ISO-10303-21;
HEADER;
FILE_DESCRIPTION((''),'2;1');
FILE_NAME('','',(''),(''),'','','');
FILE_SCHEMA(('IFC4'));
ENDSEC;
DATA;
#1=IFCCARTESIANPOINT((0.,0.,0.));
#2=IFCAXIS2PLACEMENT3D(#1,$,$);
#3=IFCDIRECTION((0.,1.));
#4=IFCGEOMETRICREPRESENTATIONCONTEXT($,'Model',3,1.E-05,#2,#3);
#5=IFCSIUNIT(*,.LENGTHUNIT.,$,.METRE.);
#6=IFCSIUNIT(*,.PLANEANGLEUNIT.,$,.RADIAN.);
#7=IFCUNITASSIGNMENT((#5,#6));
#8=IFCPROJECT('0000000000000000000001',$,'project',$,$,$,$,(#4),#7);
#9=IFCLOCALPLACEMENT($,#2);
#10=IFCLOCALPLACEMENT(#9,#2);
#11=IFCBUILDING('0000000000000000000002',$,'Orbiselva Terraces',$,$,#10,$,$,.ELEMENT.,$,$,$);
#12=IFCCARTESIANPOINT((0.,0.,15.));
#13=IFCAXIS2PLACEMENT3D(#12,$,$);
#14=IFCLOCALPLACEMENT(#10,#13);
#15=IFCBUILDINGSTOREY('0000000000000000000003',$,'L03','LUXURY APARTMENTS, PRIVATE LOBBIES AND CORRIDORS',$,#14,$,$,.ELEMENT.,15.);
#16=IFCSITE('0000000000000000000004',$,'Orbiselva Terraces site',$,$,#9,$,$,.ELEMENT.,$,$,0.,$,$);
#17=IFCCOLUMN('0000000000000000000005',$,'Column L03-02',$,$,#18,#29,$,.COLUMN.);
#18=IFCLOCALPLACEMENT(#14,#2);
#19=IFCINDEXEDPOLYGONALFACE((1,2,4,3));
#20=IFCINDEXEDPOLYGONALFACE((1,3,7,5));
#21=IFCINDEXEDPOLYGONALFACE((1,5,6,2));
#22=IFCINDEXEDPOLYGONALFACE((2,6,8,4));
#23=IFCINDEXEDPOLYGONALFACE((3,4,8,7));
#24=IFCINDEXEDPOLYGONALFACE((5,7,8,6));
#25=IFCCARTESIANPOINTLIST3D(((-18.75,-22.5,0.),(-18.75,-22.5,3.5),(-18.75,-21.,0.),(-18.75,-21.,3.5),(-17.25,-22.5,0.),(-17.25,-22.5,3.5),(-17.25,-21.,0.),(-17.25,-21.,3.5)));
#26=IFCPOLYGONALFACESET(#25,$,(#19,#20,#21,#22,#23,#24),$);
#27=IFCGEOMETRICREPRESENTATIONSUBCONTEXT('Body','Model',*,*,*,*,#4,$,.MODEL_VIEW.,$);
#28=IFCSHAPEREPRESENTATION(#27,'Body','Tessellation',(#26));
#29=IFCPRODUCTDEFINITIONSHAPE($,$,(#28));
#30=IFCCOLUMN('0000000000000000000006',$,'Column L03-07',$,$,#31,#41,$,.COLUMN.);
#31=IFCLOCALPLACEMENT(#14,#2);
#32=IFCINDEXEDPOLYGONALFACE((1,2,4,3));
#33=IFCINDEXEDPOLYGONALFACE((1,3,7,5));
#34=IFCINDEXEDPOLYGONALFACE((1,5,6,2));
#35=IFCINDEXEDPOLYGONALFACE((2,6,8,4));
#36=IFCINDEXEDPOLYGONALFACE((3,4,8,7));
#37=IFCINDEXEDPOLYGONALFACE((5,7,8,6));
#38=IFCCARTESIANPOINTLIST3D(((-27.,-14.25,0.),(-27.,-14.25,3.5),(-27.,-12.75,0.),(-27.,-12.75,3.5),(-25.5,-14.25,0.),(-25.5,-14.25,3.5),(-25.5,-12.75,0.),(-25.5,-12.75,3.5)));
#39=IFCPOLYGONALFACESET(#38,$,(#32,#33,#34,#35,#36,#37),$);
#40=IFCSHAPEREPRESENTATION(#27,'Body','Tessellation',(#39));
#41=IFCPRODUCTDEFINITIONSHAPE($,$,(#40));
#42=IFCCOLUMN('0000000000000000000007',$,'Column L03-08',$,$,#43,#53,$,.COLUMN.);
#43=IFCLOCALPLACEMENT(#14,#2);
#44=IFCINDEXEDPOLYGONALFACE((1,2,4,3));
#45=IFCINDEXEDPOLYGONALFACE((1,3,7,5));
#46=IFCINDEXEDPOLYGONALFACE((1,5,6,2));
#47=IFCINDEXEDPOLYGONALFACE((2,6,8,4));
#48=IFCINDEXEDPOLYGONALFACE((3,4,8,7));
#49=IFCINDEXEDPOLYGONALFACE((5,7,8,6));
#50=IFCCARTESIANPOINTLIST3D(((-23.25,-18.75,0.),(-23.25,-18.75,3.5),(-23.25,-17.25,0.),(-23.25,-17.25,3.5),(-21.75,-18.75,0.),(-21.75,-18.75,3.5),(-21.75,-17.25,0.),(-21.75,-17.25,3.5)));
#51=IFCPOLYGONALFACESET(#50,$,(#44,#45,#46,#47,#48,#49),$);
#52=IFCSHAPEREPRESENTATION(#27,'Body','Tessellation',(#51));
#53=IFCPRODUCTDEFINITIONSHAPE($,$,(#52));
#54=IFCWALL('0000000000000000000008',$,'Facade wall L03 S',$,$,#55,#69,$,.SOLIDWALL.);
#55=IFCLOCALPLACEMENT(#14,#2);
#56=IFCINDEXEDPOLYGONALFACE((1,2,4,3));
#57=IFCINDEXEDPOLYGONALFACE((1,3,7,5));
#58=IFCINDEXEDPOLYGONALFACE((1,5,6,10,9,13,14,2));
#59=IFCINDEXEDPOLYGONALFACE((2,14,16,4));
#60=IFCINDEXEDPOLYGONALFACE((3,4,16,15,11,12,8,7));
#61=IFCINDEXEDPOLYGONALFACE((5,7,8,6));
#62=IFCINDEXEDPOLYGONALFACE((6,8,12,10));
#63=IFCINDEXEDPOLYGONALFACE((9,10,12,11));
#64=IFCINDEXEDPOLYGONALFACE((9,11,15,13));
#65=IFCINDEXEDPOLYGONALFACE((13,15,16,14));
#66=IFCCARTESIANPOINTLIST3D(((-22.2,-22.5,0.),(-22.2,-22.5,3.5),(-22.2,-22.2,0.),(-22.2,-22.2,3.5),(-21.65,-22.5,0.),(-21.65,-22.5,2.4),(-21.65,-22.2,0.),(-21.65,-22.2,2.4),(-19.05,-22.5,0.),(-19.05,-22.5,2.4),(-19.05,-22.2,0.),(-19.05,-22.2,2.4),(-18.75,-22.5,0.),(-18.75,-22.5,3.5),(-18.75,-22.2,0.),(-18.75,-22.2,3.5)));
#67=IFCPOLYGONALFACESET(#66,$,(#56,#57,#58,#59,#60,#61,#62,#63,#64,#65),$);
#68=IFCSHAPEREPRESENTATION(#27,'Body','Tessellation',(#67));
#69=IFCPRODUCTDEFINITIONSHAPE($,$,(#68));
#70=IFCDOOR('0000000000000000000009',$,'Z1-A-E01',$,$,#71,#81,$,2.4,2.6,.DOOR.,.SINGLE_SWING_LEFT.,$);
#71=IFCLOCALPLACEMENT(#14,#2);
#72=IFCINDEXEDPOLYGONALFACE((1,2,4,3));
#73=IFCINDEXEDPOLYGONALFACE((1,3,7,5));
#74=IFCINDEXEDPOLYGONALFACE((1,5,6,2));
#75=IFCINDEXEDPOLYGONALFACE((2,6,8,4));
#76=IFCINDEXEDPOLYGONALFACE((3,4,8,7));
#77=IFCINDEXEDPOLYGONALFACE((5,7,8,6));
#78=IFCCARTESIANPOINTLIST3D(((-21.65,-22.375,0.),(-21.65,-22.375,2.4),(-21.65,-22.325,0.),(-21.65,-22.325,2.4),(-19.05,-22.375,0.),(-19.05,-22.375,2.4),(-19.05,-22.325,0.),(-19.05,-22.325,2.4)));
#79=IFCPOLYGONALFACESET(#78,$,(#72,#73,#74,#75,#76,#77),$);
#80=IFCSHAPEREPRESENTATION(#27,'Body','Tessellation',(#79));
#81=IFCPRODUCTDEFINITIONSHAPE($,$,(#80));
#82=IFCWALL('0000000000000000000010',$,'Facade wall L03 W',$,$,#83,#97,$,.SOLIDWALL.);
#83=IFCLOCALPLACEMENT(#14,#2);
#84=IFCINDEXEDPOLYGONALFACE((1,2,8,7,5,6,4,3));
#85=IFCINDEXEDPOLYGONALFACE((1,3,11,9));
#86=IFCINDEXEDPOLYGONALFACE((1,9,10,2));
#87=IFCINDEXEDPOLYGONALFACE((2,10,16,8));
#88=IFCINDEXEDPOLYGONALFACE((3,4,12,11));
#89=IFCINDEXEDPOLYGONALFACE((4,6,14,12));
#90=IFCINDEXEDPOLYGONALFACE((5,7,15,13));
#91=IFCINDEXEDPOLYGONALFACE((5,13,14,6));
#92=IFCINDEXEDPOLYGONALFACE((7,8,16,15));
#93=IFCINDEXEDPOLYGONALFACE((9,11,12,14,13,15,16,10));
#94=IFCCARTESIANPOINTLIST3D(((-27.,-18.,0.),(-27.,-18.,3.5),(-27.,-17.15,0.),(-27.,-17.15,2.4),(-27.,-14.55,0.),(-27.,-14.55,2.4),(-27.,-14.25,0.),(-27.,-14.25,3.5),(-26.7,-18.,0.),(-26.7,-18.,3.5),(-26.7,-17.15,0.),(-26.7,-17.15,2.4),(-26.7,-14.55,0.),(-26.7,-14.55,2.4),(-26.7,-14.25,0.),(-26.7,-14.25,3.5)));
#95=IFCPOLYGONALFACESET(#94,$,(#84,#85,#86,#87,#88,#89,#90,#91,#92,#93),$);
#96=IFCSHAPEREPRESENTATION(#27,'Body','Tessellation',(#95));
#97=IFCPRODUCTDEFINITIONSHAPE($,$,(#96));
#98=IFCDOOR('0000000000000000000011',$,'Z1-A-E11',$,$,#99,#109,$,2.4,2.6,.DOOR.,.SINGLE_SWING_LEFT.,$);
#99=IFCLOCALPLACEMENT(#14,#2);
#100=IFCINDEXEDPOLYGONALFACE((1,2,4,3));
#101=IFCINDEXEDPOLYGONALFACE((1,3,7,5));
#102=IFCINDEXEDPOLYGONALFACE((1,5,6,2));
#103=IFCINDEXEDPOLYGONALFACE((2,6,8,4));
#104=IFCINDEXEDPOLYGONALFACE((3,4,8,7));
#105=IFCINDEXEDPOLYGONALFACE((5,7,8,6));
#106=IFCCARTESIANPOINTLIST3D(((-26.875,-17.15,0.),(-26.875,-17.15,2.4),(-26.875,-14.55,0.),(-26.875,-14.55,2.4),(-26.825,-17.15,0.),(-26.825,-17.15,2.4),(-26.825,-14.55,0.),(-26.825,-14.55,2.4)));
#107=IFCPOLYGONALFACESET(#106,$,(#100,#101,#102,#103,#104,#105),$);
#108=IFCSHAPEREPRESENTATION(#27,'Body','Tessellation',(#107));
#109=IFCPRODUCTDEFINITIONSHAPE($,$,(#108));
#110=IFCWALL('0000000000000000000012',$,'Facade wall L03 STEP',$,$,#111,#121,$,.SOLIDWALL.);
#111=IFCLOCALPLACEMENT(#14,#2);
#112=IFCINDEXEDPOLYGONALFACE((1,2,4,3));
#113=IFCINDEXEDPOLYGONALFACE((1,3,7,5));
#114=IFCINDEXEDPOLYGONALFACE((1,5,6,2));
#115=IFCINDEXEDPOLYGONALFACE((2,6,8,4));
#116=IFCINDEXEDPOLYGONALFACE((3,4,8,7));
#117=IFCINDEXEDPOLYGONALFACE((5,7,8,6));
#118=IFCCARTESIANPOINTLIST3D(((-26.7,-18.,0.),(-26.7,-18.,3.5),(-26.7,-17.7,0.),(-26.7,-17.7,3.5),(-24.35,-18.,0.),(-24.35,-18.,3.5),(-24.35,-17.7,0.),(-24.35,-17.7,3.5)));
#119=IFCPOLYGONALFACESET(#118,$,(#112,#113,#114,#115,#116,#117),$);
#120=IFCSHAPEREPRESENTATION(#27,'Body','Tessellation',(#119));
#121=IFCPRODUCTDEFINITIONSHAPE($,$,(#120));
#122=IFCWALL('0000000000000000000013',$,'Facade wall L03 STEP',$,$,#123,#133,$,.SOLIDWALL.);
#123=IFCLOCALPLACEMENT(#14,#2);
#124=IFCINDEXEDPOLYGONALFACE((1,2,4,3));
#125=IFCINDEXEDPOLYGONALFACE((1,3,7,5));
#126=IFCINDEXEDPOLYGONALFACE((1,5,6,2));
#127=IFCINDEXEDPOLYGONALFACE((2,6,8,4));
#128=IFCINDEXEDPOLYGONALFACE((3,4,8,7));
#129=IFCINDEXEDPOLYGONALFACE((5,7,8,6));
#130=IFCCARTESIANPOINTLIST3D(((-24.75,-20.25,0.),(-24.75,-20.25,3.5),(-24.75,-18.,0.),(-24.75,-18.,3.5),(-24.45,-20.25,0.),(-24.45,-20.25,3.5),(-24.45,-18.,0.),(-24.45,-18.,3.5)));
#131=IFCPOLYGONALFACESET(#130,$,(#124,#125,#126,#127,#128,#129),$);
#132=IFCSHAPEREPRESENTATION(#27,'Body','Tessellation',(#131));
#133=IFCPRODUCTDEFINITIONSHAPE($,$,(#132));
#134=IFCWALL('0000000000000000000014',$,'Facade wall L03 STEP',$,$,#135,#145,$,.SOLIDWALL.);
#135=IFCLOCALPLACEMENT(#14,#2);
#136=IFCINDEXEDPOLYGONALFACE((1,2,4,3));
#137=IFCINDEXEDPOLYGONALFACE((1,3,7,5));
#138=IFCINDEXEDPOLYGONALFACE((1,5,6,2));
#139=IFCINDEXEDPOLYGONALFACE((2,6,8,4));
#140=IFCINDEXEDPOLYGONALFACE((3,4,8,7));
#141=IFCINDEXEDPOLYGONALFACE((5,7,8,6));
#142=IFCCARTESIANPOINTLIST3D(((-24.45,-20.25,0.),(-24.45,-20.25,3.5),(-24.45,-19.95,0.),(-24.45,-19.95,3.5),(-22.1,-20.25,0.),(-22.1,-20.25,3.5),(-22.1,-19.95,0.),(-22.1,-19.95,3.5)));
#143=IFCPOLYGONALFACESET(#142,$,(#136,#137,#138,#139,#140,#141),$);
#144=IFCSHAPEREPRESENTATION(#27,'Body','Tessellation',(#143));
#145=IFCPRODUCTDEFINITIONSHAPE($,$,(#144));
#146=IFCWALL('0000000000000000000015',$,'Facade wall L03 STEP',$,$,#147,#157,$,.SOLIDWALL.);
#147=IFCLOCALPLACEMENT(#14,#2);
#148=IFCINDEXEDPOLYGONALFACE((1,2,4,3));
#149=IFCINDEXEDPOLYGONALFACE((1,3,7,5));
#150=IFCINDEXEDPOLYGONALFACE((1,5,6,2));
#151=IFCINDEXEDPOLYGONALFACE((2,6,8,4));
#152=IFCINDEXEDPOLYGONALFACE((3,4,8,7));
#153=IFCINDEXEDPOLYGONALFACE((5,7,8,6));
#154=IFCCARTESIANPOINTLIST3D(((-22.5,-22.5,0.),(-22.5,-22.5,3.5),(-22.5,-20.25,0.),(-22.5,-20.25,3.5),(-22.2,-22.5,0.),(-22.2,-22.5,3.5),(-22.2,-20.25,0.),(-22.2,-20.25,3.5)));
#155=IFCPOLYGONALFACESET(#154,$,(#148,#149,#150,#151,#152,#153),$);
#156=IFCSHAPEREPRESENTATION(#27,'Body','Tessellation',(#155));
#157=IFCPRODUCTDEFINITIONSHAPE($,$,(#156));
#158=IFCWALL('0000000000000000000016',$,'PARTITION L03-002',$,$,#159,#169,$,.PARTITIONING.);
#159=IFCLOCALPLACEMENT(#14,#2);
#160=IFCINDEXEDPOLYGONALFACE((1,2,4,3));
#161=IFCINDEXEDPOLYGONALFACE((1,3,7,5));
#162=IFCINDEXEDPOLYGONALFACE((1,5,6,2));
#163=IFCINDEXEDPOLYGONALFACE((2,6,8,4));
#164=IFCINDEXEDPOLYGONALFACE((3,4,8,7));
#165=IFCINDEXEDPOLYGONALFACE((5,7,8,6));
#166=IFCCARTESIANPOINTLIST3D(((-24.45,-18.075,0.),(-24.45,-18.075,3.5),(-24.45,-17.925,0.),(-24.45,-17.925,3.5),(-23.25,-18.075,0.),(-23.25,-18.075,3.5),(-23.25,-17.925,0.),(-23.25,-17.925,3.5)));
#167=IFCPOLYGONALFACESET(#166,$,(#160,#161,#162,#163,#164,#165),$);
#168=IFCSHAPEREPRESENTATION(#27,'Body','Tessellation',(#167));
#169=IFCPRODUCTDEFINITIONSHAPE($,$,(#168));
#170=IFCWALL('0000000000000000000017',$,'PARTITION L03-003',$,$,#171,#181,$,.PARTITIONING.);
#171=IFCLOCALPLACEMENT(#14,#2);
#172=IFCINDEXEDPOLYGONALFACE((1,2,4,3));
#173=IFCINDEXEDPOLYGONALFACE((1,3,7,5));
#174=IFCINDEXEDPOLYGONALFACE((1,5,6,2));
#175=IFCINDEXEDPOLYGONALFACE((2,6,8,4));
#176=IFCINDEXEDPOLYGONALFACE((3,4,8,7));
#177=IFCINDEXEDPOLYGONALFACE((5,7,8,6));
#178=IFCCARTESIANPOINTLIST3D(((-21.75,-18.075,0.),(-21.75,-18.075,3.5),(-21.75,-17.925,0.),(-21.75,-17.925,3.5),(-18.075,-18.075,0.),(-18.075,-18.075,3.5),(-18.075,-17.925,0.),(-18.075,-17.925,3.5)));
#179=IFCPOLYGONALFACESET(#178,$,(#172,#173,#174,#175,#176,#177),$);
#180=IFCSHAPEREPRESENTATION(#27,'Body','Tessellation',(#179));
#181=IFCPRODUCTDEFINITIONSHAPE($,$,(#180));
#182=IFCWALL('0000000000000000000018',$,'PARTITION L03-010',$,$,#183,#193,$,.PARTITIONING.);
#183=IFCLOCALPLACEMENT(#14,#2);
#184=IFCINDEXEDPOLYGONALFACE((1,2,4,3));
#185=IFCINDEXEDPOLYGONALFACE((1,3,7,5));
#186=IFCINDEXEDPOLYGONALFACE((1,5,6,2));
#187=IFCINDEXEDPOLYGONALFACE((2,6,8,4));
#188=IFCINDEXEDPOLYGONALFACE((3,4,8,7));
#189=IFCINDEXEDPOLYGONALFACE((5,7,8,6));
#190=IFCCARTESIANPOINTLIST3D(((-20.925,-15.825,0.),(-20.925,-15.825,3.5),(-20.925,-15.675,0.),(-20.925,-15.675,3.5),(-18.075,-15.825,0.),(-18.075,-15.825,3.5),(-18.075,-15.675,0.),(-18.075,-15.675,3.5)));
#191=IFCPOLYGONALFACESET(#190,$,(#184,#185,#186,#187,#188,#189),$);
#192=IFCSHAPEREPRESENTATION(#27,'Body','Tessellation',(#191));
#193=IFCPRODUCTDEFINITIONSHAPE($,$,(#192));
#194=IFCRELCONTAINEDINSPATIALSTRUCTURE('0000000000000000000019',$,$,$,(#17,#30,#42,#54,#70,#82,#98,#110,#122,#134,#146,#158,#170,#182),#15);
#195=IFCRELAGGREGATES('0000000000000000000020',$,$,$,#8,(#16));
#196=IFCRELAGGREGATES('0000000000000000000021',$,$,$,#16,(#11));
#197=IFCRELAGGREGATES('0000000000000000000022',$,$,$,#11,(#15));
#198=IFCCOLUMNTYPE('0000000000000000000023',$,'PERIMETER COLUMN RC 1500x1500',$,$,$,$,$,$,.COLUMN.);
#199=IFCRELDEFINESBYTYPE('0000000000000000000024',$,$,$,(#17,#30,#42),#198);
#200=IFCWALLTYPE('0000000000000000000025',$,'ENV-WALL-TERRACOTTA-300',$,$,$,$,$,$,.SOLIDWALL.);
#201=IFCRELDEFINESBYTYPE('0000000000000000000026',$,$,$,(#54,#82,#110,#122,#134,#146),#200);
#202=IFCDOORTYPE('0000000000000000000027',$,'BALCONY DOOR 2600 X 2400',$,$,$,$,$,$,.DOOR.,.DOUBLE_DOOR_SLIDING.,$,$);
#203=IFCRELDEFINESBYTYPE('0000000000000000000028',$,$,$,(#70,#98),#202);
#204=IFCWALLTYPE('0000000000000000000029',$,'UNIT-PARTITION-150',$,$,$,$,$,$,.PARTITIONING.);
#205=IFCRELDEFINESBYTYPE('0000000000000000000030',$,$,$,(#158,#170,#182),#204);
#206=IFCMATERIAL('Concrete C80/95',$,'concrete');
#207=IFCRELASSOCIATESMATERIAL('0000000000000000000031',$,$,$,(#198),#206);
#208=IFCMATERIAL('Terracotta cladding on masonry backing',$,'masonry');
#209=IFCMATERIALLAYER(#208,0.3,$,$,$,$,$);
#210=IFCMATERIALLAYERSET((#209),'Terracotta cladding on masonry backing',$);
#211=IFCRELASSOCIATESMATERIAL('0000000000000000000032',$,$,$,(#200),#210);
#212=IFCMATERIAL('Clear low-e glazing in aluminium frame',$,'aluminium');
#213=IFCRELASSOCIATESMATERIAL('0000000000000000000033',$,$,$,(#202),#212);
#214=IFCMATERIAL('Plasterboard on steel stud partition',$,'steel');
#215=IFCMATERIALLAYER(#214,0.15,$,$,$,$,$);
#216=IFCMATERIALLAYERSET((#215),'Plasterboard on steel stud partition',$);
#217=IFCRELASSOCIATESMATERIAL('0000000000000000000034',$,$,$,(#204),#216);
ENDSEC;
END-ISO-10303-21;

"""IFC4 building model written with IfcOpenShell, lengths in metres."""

from ifc_helpers import new_model, si_unit, direction, frame, frame_2d, origin, origin_2d, place, context, subcontext, project, spatial, rectangle, extrude, material, layer, layer_set, material_profile, profile_set, type_object, element, fill, save


model = new_model("IFC4")

# Units and contexts
model_context = context("Model", 3, precision=1e-05, world=origin(), true_north=direction((0.0, 1.0)))
body_context = subcontext(model_context, "Body", "Model", "MODEL_VIEW")
ifc_project = project(units=[si_unit("LENGTHUNIT", "METRE"), si_unit("PLANEANGLEUNIT", "RADIAN")], contexts=[model_context])

# Site, building, storey
site_placement = place(None, origin())
site = spatial("IfcSite", under=ifc_project, at=site_placement, Name="Orbiselva Terraces site", CompositionType="ELEMENT", RefElevation=0.0)
building_placement = place(site_placement, origin())
building = spatial("IfcBuilding", under=site, at=building_placement, Name="Orbiselva Terraces", CompositionType="ELEMENT")
storey_placement = place(building_placement, frame((0.0, 0.0, 15.0)))
storey = spatial("IfcBuildingStorey", under=building, at=storey_placement, Name="L03", Description="LUXURY APARTMENTS, PRIVATE LOBBIES AND CORRIDORS", CompositionType="ELEMENT", Elevation=15.0)

# Columns
ifc_material_1 = material(Name="Concrete C80/95", Category="concrete")
ifc_material_profile = material_profile(ifc_material_1, rectangle(XDim=1.5, YDim=1.5, at=origin_2d()), Name="RC 1500x1500")
ifc_profile_set = profile_set([ifc_material_profile], Name="Concrete C80/95")
column_type = type_object("IfcColumnType", Name="PERIMETER COLUMN RC 1500x1500", PredefinedType="COLUMN", material=ifc_profile_set)
for number, where, z_axis, x_axis, name in (
    (1, (-18.0, -21.75, 0.0), (0.0, 0.0, 1.0), (1.0, 0.0, 0.0), "Column L03-02"),
    (2, (-26.25, -13.5, 0.0), (0.0, 0.0, 1.0), (1.0, 0.0, 0.0), "Column L03-07"),
    (3, (-22.5, -18.0, 0.0), (0.0, 0.0, 1.0), (1.0, 0.0, 0.0), "Column L03-08"),
):
    element("IfcColumn", number, at=place(storey_placement, frame(where, z_axis=z_axis, x_axis=x_axis)), inside=storey, type_object=column_type, Name=name, PredefinedType="COLUMN", context=body_context, shape_type="SweptSolid", body=[
        extrude(rectangle(XDim=1.5, YDim=1.5, at=origin_2d()), origin(), (0.0, 0.0, 1.0), 3.5),
    ])

# Walls, openings, doors
ifc_material_2 = material(Name="Terracotta cladding on masonry backing", Category="masonry")
ifc_layer_1 = layer(ifc_material_2, 0.3)
ifc_layer_set_1 = layer_set([ifc_layer_1], Name="Terracotta cladding on masonry backing")
wall_type_1 = type_object("IfcWallType", Name="ENV-WALL-TERRACOTTA-300", PredefinedType="SOLIDWALL", material=ifc_layer_set_1)
wall_1_placement = place(storey_placement, frame((-18.75, -22.35, 0.0), z_axis=(0.0, 0.0, 1.0), x_axis=(-1.0, 0.0, 0.0)))
wall_1 = element("IfcWall", 4, at=wall_1_placement, inside=storey, type_object=wall_type_1, Name="Facade wall L03 S", PredefinedType="SOLIDWALL", context=body_context, shape_type="SweptSolid", body=[
    extrude(rectangle(XDim=3.45, YDim=0.3, at=frame_2d((1.725, 0.0))), origin(), (0.0, 0.0, 1.0), 3.5),
])
opening_1_placement = place(wall_1_placement, frame((0.3, 0.0, 0.0)))
opening_1 = element("IfcOpeningElement", 5, at=opening_1_placement, cuts=wall_1, PredefinedType="OPENING", context=body_context, shape_type="SweptSolid", body=[
    extrude(rectangle(XDim=2.6, YDim=2.4, at=frame_2d((1.3, 1.2))), frame((0.0, 0.16, 0.0), z_axis=(0.0, -1.0, 0.0), x_axis=(1.0, 0.0, 0.0)), (0.0, 0.0, 1.0), 0.32),
])
ifc_material_3 = material(Name="Clear low-e glazing in aluminium frame", Category="aluminium")
door_type_1 = type_object("IfcDoorType", Name="BALCONY DOOR 2600 X 2400", OperationType="DOUBLE_DOOR_SLIDING", PredefinedType="DOOR", material=ifc_material_3)
door_1_placement = place(opening_1_placement, origin())
door_1 = element("IfcDoor", 6, at=door_1_placement, inside=storey, type_object=door_type_1, Name="Z1-A-E01", OperationType="SINGLE_SWING_LEFT", OverallHeight=2.4, OverallWidth=2.6, PredefinedType="DOOR", context=body_context, shape_type="SweptSolid", body=[
    extrude(rectangle(XDim=2.6, YDim=2.4, at=frame_2d((1.3, 1.2))), frame((0.0, 0.025, 0.0), z_axis=(0.0, -1.0, 0.0), x_axis=(1.0, 0.0, 0.0)), (0.0, 0.0, 1.0), 0.05),
])
fill(opening_1, door_1)
wall_2_placement = place(storey_placement, frame((-26.85, -18.0, 0.0), z_axis=(0.0, 0.0, 1.0), x_axis=(0.0, 1.0, 0.0)))
wall_2 = element("IfcWall", 7, at=wall_2_placement, inside=storey, type_object=wall_type_1, Name="Facade wall L03 W", PredefinedType="SOLIDWALL", context=body_context, shape_type="SweptSolid", body=[
    extrude(rectangle(XDim=3.75, YDim=0.3, at=frame_2d((1.875, 0.0))), origin(), (0.0, 0.0, 1.0), 3.5),
])
opening_2_placement = place(wall_2_placement, frame((0.85, 0.0, 0.0)))
opening_2 = element("IfcOpeningElement", 8, at=opening_2_placement, cuts=wall_2, PredefinedType="OPENING", context=body_context, shape_type="SweptSolid", body=[
    extrude(rectangle(XDim=2.6, YDim=2.4, at=frame_2d((1.3, 1.2))), frame((0.0, 0.16, 0.0), z_axis=(0.0, -1.0, 0.0), x_axis=(1.0, 0.0, 0.0)), (0.0, 0.0, 1.0), 0.32),
])
door_2_placement = place(opening_2_placement, origin())
door_2 = element("IfcDoor", 9, at=door_2_placement, inside=storey, type_object=door_type_1, Name="Z1-A-E11", OperationType="SINGLE_SWING_LEFT", OverallHeight=2.4, OverallWidth=2.6, PredefinedType="DOOR", context=body_context, shape_type="SweptSolid", body=[
    extrude(rectangle(XDim=2.6, YDim=2.4, at=frame_2d((1.3, 1.2))), frame((0.0, 0.025, 0.0), z_axis=(0.0, -1.0, 0.0), x_axis=(1.0, 0.0, 0.0)), (0.0, 0.0, 1.0), 0.05),
])
fill(opening_2, door_2)

# Walls
wall_3_placement = place(storey_placement, frame((-24.35, -17.85, 0.0), z_axis=(0.0, 0.0, 1.0), x_axis=(-1.0, 0.0, 0.0)))
element("IfcWall", 10, at=wall_3_placement, inside=storey, type_object=wall_type_1, Name="Facade wall L03 STEP", PredefinedType="SOLIDWALL", context=body_context, shape_type="SweptSolid", body=[
    extrude(rectangle(XDim=2.35, YDim=0.3, at=frame_2d((1.175, 0.0))), origin(), (0.0, 0.0, 1.0), 3.5),
])
wall_4_placement = place(storey_placement, frame((-24.6, -20.25, 0.0), z_axis=(0.0, 0.0, 1.0), x_axis=(0.0, 1.0, 0.0)))
element("IfcWall", 11, at=wall_4_placement, inside=storey, type_object=wall_type_1, Name="Facade wall L03 STEP", PredefinedType="SOLIDWALL", context=body_context, shape_type="SweptSolid", body=[
    extrude(rectangle(XDim=2.25, YDim=0.3, at=frame_2d((1.125, 0.0))), origin(), (0.0, 0.0, 1.0), 3.5),
])
wall_5_placement = place(storey_placement, frame((-22.1, -20.1, 0.0), z_axis=(0.0, 0.0, 1.0), x_axis=(-1.0, 0.0, 0.0)))
element("IfcWall", 12, at=wall_5_placement, inside=storey, type_object=wall_type_1, Name="Facade wall L03 STEP", PredefinedType="SOLIDWALL", context=body_context, shape_type="SweptSolid", body=[
    extrude(rectangle(XDim=2.35, YDim=0.3, at=frame_2d((1.175, 0.0))), origin(), (0.0, 0.0, 1.0), 3.5),
])
wall_6_placement = place(storey_placement, frame((-22.35, -22.5, 0.0), z_axis=(0.0, 0.0, 1.0), x_axis=(0.0, 1.0, 0.0)))
element("IfcWall", 13, at=wall_6_placement, inside=storey, type_object=wall_type_1, Name="Facade wall L03 STEP", PredefinedType="SOLIDWALL", context=body_context, shape_type="SweptSolid", body=[
    extrude(rectangle(XDim=2.25, YDim=0.3, at=frame_2d((1.125, 0.0))), origin(), (0.0, 0.0, 1.0), 3.5),
])
ifc_material_4 = material(Name="Plasterboard on steel stud partition", Category="steel")
ifc_layer_2 = layer(ifc_material_4, 0.15)
ifc_layer_set_2 = layer_set([ifc_layer_2], Name="Plasterboard on steel stud partition")
wall_type_2 = type_object("IfcWallType", Name="UNIT-PARTITION-150", PredefinedType="PARTITIONING", material=ifc_layer_set_2)
wall_7_placement = place(storey_placement, frame((-24.45, -18.0, 0.0), z_axis=(0.0, 0.0, 1.0), x_axis=(1.0, 0.0, 0.0)))
element("IfcWall", 14, at=wall_7_placement, inside=storey, type_object=wall_type_2, Name="PARTITION L03-002", PredefinedType="PARTITIONING", context=body_context, shape_type="SweptSolid", body=[
    extrude(rectangle(XDim=1.2, YDim=0.15, at=frame_2d((0.6, 0.0))), origin(), (0.0, 0.0, 1.0), 3.5),
])
wall_8_placement = place(storey_placement, frame((-21.75, -18.0, 0.0), z_axis=(0.0, 0.0, 1.0), x_axis=(1.0, 0.0, 0.0)))
element("IfcWall", 15, at=wall_8_placement, inside=storey, type_object=wall_type_2, Name="PARTITION L03-003", PredefinedType="PARTITIONING", context=body_context, shape_type="SweptSolid", body=[
    extrude(rectangle(XDim=3.675, YDim=0.15, at=frame_2d((1.8375, 0.0))), origin(), (0.0, 0.0, 1.0), 3.5),
])
wall_9_placement = place(storey_placement, frame((-20.925, -15.75, 0.0), z_axis=(0.0, 0.0, 1.0), x_axis=(1.0, 0.0, 0.0)))
element("IfcWall", 16, at=wall_9_placement, inside=storey, type_object=wall_type_2, Name="PARTITION L03-010", PredefinedType="PARTITIONING", context=body_context, shape_type="SweptSolid", body=[
    extrude(rectangle(XDim=2.85, YDim=0.15, at=frame_2d((1.425, 0.0))), origin(), (0.0, 0.0, 1.0), 3.5),
])

save(model, "model.ifc")
